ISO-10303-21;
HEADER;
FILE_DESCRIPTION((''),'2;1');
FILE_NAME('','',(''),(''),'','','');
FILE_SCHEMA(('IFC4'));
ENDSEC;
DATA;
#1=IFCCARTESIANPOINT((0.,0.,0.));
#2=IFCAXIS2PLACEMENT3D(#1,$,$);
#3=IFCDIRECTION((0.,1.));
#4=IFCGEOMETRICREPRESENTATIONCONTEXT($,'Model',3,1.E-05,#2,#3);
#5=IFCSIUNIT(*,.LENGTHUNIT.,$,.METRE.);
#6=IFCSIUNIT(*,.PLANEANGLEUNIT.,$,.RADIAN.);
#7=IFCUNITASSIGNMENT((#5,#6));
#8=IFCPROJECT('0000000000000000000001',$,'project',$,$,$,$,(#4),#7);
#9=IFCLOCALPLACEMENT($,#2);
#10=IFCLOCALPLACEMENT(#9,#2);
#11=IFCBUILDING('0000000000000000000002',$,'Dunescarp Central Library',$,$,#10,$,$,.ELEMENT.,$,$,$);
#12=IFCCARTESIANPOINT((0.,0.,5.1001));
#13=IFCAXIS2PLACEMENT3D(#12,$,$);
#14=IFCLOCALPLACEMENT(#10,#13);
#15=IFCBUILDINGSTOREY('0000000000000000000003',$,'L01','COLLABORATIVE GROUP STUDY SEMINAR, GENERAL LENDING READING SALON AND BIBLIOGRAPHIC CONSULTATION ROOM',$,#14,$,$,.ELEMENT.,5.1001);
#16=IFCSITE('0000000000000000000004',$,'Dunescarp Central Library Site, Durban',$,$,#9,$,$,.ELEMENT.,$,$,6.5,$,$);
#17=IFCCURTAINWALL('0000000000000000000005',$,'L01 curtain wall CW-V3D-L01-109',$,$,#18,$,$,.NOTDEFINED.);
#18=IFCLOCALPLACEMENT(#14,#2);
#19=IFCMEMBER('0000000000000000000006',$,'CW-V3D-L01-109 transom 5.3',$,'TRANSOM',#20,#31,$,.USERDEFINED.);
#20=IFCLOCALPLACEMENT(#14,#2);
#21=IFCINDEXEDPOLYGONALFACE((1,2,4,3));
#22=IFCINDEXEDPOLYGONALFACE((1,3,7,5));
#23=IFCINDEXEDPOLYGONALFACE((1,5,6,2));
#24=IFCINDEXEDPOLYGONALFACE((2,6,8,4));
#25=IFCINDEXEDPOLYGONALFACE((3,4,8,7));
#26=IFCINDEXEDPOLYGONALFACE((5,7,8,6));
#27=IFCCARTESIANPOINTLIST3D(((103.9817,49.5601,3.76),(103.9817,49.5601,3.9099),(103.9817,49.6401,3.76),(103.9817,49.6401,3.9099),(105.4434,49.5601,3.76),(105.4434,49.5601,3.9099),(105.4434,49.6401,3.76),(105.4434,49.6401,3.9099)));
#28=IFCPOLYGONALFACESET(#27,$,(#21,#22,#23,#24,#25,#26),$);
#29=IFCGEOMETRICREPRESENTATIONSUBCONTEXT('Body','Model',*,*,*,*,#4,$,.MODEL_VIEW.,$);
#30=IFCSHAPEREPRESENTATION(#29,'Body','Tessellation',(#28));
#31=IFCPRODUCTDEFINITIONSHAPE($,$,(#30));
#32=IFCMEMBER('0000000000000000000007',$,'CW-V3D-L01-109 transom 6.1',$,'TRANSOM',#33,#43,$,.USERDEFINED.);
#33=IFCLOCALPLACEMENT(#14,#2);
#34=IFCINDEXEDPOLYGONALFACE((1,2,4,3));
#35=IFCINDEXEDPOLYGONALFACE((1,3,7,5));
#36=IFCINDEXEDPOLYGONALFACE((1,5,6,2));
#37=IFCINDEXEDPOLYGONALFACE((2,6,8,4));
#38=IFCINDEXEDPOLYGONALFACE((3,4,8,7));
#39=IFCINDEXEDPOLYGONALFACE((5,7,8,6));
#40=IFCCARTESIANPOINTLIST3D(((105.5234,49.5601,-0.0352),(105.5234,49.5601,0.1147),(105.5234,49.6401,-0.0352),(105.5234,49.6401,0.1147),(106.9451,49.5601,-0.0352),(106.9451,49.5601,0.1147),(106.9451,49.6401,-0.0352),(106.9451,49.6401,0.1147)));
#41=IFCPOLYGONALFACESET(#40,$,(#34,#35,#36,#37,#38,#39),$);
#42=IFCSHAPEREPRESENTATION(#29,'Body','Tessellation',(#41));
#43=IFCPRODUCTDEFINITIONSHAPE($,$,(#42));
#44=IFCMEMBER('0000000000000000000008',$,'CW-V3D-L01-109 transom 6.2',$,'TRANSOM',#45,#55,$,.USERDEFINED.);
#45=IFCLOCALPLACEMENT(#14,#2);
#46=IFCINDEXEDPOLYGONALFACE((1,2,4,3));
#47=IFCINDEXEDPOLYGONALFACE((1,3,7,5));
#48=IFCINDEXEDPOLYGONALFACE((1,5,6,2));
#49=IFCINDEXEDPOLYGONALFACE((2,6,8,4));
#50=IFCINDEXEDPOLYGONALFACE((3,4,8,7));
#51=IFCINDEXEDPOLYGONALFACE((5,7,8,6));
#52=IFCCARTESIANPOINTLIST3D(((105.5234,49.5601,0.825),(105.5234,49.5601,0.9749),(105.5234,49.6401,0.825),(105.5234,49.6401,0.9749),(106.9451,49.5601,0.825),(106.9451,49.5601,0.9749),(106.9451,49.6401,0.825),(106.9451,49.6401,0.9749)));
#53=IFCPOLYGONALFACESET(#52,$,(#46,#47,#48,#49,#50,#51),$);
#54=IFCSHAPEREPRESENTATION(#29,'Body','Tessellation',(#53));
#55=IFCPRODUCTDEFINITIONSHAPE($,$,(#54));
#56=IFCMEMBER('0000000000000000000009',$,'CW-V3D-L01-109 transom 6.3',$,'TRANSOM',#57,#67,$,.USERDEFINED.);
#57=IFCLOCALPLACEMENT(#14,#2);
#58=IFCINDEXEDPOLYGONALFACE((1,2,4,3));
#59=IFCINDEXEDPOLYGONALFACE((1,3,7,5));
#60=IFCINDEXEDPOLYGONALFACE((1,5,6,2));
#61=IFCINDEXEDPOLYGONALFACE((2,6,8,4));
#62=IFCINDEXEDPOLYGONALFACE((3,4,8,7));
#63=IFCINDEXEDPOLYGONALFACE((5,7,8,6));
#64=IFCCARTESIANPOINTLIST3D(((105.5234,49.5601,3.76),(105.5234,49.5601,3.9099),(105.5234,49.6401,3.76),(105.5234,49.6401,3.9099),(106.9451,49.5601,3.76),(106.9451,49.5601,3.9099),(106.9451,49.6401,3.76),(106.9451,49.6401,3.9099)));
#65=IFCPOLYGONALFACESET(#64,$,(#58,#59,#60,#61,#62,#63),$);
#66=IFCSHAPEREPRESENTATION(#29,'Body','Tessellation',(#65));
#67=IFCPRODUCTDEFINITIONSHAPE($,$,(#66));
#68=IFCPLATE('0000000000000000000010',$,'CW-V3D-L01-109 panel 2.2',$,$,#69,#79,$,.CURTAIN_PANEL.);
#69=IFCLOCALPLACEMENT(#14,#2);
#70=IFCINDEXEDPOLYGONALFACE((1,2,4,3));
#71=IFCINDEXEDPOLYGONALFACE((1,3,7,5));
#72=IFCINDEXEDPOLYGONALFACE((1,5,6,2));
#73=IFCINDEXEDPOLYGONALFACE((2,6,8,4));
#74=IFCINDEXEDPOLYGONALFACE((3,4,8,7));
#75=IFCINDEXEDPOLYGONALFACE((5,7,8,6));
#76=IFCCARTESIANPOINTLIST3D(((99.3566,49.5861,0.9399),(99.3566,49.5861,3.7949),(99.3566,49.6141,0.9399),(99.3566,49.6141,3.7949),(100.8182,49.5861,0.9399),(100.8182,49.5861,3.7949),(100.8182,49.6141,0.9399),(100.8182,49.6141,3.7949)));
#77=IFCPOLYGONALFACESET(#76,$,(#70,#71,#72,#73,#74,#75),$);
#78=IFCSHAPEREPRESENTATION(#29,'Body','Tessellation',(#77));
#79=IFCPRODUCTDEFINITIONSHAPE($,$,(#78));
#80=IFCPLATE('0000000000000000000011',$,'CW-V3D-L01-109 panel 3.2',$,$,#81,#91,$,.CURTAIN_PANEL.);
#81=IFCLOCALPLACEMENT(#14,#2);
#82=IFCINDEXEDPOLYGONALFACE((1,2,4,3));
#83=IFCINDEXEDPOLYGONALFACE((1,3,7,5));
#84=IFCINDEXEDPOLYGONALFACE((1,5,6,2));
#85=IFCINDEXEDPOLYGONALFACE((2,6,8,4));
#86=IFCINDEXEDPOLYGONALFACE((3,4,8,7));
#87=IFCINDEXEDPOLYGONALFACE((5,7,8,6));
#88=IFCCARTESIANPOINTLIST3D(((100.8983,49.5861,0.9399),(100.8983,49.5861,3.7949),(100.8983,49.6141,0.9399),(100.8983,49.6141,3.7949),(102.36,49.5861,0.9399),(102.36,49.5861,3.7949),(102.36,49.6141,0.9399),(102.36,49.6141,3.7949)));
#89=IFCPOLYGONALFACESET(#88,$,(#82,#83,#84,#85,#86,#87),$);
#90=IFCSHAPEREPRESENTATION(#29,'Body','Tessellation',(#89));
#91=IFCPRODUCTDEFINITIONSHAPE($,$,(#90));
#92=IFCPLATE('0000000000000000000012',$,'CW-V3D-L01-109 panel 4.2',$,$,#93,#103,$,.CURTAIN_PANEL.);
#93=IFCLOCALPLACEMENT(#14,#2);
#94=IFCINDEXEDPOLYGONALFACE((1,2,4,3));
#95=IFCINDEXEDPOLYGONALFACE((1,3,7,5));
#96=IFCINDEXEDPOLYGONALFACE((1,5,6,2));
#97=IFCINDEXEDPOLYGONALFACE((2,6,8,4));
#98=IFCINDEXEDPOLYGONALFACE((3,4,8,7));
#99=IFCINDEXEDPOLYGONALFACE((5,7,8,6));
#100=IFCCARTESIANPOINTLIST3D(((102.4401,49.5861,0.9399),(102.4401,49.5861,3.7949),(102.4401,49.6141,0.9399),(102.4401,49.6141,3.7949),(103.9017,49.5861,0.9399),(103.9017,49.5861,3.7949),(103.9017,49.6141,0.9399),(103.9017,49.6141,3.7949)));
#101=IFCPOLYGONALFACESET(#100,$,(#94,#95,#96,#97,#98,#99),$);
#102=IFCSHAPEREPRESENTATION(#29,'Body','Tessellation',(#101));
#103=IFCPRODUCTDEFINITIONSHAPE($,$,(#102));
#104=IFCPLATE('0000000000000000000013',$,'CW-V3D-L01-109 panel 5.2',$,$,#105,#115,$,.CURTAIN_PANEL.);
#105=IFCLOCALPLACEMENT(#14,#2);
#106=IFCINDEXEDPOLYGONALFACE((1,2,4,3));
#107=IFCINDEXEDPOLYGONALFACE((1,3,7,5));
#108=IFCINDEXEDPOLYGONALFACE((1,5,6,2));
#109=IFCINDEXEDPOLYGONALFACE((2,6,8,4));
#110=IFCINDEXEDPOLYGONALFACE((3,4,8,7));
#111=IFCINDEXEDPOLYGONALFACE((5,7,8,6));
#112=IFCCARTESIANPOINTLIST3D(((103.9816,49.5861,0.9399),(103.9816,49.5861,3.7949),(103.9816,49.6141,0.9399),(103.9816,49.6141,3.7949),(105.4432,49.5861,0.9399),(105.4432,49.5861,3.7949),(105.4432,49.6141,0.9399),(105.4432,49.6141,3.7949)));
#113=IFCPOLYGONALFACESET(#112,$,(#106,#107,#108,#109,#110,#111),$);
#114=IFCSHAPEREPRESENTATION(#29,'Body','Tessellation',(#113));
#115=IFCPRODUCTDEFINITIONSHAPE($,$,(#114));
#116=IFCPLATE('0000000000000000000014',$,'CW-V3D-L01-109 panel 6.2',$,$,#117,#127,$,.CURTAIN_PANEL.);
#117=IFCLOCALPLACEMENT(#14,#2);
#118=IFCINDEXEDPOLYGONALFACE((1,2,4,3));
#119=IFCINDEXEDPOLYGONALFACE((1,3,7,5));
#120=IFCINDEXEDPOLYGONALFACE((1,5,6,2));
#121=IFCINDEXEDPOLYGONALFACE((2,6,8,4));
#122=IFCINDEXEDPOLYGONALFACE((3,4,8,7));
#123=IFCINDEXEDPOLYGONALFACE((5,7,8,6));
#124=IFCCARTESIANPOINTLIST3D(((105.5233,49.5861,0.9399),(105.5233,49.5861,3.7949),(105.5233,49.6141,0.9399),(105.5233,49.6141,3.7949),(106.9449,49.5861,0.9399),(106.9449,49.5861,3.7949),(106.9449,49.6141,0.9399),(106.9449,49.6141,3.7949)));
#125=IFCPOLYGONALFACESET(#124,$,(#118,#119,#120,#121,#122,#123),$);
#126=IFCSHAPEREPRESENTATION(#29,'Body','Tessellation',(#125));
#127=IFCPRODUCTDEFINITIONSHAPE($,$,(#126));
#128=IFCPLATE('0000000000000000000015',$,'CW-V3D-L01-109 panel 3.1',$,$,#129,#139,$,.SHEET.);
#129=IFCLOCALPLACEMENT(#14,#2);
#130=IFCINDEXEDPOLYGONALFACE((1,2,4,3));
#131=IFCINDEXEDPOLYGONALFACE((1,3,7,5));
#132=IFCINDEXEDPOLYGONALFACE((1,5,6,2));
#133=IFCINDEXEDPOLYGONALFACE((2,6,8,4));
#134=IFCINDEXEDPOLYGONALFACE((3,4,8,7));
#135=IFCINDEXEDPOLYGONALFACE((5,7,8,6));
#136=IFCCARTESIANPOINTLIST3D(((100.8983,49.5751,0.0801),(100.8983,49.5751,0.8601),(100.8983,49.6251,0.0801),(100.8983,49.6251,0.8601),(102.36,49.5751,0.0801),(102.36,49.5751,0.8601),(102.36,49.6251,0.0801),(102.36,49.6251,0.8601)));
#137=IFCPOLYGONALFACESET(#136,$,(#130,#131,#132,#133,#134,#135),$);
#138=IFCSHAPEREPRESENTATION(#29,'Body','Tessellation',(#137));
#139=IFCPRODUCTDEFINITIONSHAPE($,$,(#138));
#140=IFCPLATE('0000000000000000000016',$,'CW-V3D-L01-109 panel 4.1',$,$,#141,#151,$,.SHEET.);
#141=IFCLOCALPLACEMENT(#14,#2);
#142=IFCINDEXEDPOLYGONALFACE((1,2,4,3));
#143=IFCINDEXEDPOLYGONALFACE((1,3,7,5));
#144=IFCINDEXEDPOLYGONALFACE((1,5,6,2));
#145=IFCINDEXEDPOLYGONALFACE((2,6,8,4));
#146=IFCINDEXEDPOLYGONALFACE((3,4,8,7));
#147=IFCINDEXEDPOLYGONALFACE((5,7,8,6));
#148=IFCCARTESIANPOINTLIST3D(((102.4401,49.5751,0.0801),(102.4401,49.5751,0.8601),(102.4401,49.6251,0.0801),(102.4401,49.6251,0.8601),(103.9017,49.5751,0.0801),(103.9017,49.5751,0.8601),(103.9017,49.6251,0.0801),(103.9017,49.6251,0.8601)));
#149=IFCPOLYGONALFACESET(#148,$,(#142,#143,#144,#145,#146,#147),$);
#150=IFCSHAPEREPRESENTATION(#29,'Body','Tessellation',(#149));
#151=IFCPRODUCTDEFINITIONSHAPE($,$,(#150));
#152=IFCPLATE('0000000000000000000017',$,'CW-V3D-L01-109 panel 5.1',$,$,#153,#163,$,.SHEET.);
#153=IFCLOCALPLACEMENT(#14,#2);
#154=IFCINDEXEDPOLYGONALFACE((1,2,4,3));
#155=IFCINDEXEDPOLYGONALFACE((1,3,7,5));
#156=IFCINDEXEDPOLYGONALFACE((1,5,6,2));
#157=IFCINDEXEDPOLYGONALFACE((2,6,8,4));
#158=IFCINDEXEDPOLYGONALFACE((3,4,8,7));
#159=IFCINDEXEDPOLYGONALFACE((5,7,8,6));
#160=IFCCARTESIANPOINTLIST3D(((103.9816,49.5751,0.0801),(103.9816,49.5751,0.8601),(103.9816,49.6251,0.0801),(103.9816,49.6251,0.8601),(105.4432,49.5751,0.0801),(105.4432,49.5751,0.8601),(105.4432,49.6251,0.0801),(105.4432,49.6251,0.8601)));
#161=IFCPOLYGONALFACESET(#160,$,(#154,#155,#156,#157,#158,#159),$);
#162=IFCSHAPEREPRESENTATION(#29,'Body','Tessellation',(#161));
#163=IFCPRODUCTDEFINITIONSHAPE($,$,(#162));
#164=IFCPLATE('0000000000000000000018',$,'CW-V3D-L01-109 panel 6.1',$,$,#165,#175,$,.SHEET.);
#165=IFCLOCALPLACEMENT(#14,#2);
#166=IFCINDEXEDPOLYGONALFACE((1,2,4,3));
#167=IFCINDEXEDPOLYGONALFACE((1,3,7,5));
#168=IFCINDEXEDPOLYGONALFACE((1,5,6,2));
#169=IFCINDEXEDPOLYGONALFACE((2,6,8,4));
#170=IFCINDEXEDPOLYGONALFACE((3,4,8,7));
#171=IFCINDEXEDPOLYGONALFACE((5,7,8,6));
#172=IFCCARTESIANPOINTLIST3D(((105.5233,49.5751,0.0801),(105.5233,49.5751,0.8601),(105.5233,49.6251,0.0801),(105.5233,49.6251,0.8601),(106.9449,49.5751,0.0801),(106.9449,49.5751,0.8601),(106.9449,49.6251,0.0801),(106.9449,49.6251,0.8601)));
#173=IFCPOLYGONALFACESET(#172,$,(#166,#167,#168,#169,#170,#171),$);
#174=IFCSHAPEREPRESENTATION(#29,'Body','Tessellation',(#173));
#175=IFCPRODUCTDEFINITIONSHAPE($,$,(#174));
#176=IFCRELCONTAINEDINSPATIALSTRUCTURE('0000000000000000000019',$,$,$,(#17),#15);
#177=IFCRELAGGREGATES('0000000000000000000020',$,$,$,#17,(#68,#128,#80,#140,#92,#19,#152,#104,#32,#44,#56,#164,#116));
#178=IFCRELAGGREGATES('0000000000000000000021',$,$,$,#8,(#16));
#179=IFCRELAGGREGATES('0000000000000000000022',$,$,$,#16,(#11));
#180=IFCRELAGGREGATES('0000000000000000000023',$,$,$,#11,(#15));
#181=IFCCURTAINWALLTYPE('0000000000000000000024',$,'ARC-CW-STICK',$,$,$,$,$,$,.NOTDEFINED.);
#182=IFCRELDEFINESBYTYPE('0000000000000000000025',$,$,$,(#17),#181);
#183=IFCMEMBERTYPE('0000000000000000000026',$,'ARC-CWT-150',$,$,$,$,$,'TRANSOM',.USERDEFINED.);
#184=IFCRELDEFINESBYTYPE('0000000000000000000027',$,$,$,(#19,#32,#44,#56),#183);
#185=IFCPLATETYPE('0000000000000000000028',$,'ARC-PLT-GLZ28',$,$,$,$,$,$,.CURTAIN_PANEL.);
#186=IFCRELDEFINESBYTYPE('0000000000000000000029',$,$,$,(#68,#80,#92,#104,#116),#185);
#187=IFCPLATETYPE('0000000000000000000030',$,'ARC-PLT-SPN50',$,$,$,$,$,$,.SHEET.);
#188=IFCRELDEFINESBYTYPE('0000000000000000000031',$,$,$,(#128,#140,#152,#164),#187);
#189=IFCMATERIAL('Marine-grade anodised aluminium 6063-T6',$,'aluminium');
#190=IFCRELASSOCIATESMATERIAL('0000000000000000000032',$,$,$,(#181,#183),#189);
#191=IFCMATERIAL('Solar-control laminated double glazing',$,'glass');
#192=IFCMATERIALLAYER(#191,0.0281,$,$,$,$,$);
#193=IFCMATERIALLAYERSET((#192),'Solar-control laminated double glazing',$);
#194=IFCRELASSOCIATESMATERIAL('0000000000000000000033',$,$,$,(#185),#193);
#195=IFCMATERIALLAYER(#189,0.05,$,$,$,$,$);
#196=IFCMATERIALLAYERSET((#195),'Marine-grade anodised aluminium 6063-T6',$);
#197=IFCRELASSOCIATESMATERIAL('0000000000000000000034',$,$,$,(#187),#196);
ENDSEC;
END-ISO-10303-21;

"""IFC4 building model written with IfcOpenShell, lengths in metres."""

from ifc_helpers import new_model, si_unit, direction, frame, origin, origin_2d, place, context, subcontext, project, spatial, rectangle, extrude, material, layer, layer_set, material_profile, profile_set, type_object, element, aggregate, save


model = new_model("IFC4")

# Units and contexts
model_context = context("Model", 3, precision=1e-05, world=origin(), true_north=direction((0.0, 1.0)))
body_context = subcontext(model_context, "Body", "Model", "MODEL_VIEW")
ifc_project = project(units=[si_unit("LENGTHUNIT", "METRE"), si_unit("PLANEANGLEUNIT", "RADIAN")], contexts=[model_context])

# Site, building, storey
site_placement = place(None, origin())
site = spatial("IfcSite", under=ifc_project, at=site_placement, Name="Dunescarp Central Library Site, Durban", CompositionType="ELEMENT", RefElevation=6.5)
building_placement = place(site_placement, origin())
building = spatial("IfcBuilding", under=site, at=building_placement, Name="Dunescarp Central Library", CompositionType="ELEMENT")
storey_placement = place(building_placement, frame((0.0, 0.0, 5.1001)))
storey = spatial("IfcBuildingStorey", under=building, at=storey_placement, Name="L01", Description="COLLABORATIVE GROUP STUDY SEMINAR, GENERAL LENDING READING SALON AND BIBLIOGRAPHIC CONSULTATION ROOM", CompositionType="ELEMENT", Elevation=5.1001)

# Curtain wall, members, plates
ifc_material_1 = material(Name="Marine-grade anodised aluminium 6063-T6", Category="aluminium")
curtain_wall_type = type_object("IfcCurtainWallType", Name="ARC-CW-STICK", PredefinedType="NOTDEFINED", material=ifc_material_1)
curtain_wall_placement = place(storey_placement, origin())
curtain_wall = element("IfcCurtainWall", 1, at=curtain_wall_placement, inside=storey, type_object=curtain_wall_type, Name="L01 curtain wall CW-V3D-L01-109", PredefinedType="NOTDEFINED")
ifc_material_profile_1 = material_profile(ifc_material_1, rectangle(XDim=0.0801, YDim=0.1499, at=origin_2d()), Name="AL 80x150")
ifc_profile_set_1 = profile_set([ifc_material_profile_1], Name="Marine-grade anodised aluminium 6063-T6")
member_type_1 = type_object("IfcMemberType", Name="ARC-CWT-150", ElementType="TRANSOM", PredefinedType="USERDEFINED", material=ifc_profile_set_1)
member_1_placement = place(storey_placement, frame((103.9817, 49.6001, 3.835), z_axis=(1.0, 0.0, 0.0), x_axis=(0.0, 1.0, 0.0)))
member_1 = element("IfcMember", 2, at=member_1_placement, type_object=member_type_1, Name="CW-V3D-L01-109 transom 5.3", ObjectType="TRANSOM", PredefinedType="USERDEFINED", context=body_context, shape_type="SweptSolid", body=[
    extrude(rectangle(XDim=0.0801, YDim=0.1499, at=origin_2d()), origin(), (0.0, 0.0, 1.0), 1.4617),
])
member_2_placement = place(storey_placement, frame((105.5234, 49.6001, 0.0398), z_axis=(1.0, 0.0, 0.0), x_axis=(0.0, 1.0, 0.0)))
member_2 = element("IfcMember", 3, at=member_2_placement, type_object=member_type_1, Name="CW-V3D-L01-109 transom 6.1", ObjectType="TRANSOM", PredefinedType="USERDEFINED", context=body_context, shape_type="SweptSolid", body=[
    extrude(rectangle(XDim=0.0801, YDim=0.1499, at=origin_2d()), origin(), (0.0, 0.0, 1.0), 1.4216),
])
member_3_placement = place(storey_placement, frame((105.5234, 49.6001, 0.8999), z_axis=(1.0, 0.0, 0.0), x_axis=(0.0, 1.0, 0.0)))
member_3 = element("IfcMember", 4, at=member_3_placement, type_object=member_type_1, Name="CW-V3D-L01-109 transom 6.2", ObjectType="TRANSOM", PredefinedType="USERDEFINED", context=body_context, shape_type="SweptSolid", body=[
    extrude(rectangle(XDim=0.0801, YDim=0.1499, at=origin_2d()), origin(), (0.0, 0.0, 1.0), 1.4216),
])
member_4_placement = place(storey_placement, frame((105.5234, 49.6001, 3.835), z_axis=(1.0, 0.0, 0.0), x_axis=(0.0, 1.0, 0.0)))
member_4 = element("IfcMember", 5, at=member_4_placement, type_object=member_type_1, Name="CW-V3D-L01-109 transom 6.3", ObjectType="TRANSOM", PredefinedType="USERDEFINED", context=body_context, shape_type="SweptSolid", body=[
    extrude(rectangle(XDim=0.0801, YDim=0.1499, at=origin_2d()), origin(), (0.0, 0.0, 1.0), 1.4216),
])
ifc_material_2 = material(Name="Solar-control laminated double glazing", Category="glass")
ifc_layer_1 = layer(ifc_material_2, 0.0281)
ifc_layer_set_1 = layer_set([ifc_layer_1], Name="Solar-control laminated double glazing")
plate_type_1 = type_object("IfcPlateType", Name="ARC-PLT-GLZ28", PredefinedType="CURTAIN_PANEL", material=ifc_layer_set_1)
plate_1_placement = place(storey_placement, frame((100.0874, 49.6001, 0.9399), z_axis=(0.0, 0.0, 1.0), x_axis=(1.0, 0.0, 0.0)))
plate_1 = element("IfcPlate", 6, at=plate_1_placement, type_object=plate_type_1, Name="CW-V3D-L01-109 panel 2.2", PredefinedType="CURTAIN_PANEL", context=body_context, shape_type="SweptSolid", body=[
    extrude(rectangle(XDim=1.4617, YDim=0.0281, at=origin_2d()), origin(), (0.0, 0.0, 1.0), 2.855),
])
plate_2_placement = place(storey_placement, frame((101.6292, 49.6001, 0.9399), z_axis=(0.0, 0.0, 1.0), x_axis=(1.0, 0.0, 0.0)))
plate_2 = element("IfcPlate", 7, at=plate_2_placement, type_object=plate_type_1, Name="CW-V3D-L01-109 panel 3.2", PredefinedType="CURTAIN_PANEL", context=body_context, shape_type="SweptSolid", body=[
    extrude(rectangle(XDim=1.4617, YDim=0.0281, at=origin_2d()), origin(), (0.0, 0.0, 1.0), 2.855),
])
plate_3_placement = place(storey_placement, frame((103.1709, 49.6001, 0.9399), z_axis=(0.0, 0.0, 1.0), x_axis=(1.0, 0.0, 0.0)))
plate_3 = element("IfcPlate", 8, at=plate_3_placement, type_object=plate_type_1, Name="CW-V3D-L01-109 panel 4.2", PredefinedType="CURTAIN_PANEL", context=body_context, shape_type="SweptSolid", body=[
    extrude(rectangle(XDim=1.4617, YDim=0.0281, at=origin_2d()), origin(), (0.0, 0.0, 1.0), 2.855),
])
plate_4_placement = place(storey_placement, frame((104.7124, 49.6001, 0.9399), z_axis=(0.0, 0.0, 1.0), x_axis=(1.0, 0.0, 0.0)))
plate_4 = element("IfcPlate", 9, at=plate_4_placement, type_object=plate_type_1, Name="CW-V3D-L01-109 panel 5.2", PredefinedType="CURTAIN_PANEL", context=body_context, shape_type="SweptSolid", body=[
    extrude(rectangle(XDim=1.4617, YDim=0.0281, at=origin_2d()), origin(), (0.0, 0.0, 1.0), 2.855),
])
plate_5_placement = place(storey_placement, frame((106.2341, 49.6001, 0.9399), z_axis=(0.0, 0.0, 1.0), x_axis=(1.0, 0.0, 0.0)))
plate_5 = element("IfcPlate", 10, at=plate_5_placement, type_object=plate_type_1, Name="CW-V3D-L01-109 panel 6.2", PredefinedType="CURTAIN_PANEL", context=body_context, shape_type="SweptSolid", body=[
    extrude(rectangle(XDim=1.4216, YDim=0.0281, at=origin_2d()), origin(), (0.0, 0.0, 1.0), 2.855),
])
ifc_layer_2 = layer(ifc_material_1, 0.05)
ifc_layer_set_2 = layer_set([ifc_layer_2], Name="Marine-grade anodised aluminium 6063-T6")
plate_type_2 = type_object("IfcPlateType", Name="ARC-PLT-SPN50", PredefinedType="SHEET", material=ifc_layer_set_2)
plate_6_placement = place(storey_placement, frame((101.6292, 49.6001, 0.0801), z_axis=(0.0, 0.0, 1.0), x_axis=(1.0, 0.0, 0.0)))
plate_6 = element("IfcPlate", 11, at=plate_6_placement, type_object=plate_type_2, Name="CW-V3D-L01-109 panel 3.1", PredefinedType="SHEET", context=body_context, shape_type="SweptSolid", body=[
    extrude(rectangle(XDim=1.4617, YDim=0.05, at=origin_2d()), origin(), (0.0, 0.0, 1.0), 0.78),
])
plate_7_placement = place(storey_placement, frame((103.1709, 49.6001, 0.0801), z_axis=(0.0, 0.0, 1.0), x_axis=(1.0, 0.0, 0.0)))
plate_7 = element("IfcPlate", 12, at=plate_7_placement, type_object=plate_type_2, Name="CW-V3D-L01-109 panel 4.1", PredefinedType="SHEET", context=body_context, shape_type="SweptSolid", body=[
    extrude(rectangle(XDim=1.4617, YDim=0.05, at=origin_2d()), origin(), (0.0, 0.0, 1.0), 0.78),
])
plate_8_placement = place(storey_placement, frame((104.7124, 49.6001, 0.0801), z_axis=(0.0, 0.0, 1.0), x_axis=(1.0, 0.0, 0.0)))
plate_8 = element("IfcPlate", 13, at=plate_8_placement, type_object=plate_type_2, Name="CW-V3D-L01-109 panel 5.1", PredefinedType="SHEET", context=body_context, shape_type="SweptSolid", body=[
    extrude(rectangle(XDim=1.4617, YDim=0.05, at=origin_2d()), origin(), (0.0, 0.0, 1.0), 0.78),
])
plate_9_placement = place(storey_placement, frame((106.2341, 49.6001, 0.0801), z_axis=(0.0, 0.0, 1.0), x_axis=(1.0, 0.0, 0.0)))
plate_9 = element("IfcPlate", 14, at=plate_9_placement, type_object=plate_type_2, Name="CW-V3D-L01-109 panel 6.1", PredefinedType="SHEET", context=body_context, shape_type="SweptSolid", body=[
    extrude(rectangle(XDim=1.4216, YDim=0.05, at=origin_2d()), origin(), (0.0, 0.0, 1.0), 0.78),
])
aggregate(curtain_wall, [plate_1, plate_6, plate_2, plate_7, plate_3, member_1, plate_8, plate_4, member_2, member_3, member_4, plate_9, plate_5])

save(model, "model.ifc")
